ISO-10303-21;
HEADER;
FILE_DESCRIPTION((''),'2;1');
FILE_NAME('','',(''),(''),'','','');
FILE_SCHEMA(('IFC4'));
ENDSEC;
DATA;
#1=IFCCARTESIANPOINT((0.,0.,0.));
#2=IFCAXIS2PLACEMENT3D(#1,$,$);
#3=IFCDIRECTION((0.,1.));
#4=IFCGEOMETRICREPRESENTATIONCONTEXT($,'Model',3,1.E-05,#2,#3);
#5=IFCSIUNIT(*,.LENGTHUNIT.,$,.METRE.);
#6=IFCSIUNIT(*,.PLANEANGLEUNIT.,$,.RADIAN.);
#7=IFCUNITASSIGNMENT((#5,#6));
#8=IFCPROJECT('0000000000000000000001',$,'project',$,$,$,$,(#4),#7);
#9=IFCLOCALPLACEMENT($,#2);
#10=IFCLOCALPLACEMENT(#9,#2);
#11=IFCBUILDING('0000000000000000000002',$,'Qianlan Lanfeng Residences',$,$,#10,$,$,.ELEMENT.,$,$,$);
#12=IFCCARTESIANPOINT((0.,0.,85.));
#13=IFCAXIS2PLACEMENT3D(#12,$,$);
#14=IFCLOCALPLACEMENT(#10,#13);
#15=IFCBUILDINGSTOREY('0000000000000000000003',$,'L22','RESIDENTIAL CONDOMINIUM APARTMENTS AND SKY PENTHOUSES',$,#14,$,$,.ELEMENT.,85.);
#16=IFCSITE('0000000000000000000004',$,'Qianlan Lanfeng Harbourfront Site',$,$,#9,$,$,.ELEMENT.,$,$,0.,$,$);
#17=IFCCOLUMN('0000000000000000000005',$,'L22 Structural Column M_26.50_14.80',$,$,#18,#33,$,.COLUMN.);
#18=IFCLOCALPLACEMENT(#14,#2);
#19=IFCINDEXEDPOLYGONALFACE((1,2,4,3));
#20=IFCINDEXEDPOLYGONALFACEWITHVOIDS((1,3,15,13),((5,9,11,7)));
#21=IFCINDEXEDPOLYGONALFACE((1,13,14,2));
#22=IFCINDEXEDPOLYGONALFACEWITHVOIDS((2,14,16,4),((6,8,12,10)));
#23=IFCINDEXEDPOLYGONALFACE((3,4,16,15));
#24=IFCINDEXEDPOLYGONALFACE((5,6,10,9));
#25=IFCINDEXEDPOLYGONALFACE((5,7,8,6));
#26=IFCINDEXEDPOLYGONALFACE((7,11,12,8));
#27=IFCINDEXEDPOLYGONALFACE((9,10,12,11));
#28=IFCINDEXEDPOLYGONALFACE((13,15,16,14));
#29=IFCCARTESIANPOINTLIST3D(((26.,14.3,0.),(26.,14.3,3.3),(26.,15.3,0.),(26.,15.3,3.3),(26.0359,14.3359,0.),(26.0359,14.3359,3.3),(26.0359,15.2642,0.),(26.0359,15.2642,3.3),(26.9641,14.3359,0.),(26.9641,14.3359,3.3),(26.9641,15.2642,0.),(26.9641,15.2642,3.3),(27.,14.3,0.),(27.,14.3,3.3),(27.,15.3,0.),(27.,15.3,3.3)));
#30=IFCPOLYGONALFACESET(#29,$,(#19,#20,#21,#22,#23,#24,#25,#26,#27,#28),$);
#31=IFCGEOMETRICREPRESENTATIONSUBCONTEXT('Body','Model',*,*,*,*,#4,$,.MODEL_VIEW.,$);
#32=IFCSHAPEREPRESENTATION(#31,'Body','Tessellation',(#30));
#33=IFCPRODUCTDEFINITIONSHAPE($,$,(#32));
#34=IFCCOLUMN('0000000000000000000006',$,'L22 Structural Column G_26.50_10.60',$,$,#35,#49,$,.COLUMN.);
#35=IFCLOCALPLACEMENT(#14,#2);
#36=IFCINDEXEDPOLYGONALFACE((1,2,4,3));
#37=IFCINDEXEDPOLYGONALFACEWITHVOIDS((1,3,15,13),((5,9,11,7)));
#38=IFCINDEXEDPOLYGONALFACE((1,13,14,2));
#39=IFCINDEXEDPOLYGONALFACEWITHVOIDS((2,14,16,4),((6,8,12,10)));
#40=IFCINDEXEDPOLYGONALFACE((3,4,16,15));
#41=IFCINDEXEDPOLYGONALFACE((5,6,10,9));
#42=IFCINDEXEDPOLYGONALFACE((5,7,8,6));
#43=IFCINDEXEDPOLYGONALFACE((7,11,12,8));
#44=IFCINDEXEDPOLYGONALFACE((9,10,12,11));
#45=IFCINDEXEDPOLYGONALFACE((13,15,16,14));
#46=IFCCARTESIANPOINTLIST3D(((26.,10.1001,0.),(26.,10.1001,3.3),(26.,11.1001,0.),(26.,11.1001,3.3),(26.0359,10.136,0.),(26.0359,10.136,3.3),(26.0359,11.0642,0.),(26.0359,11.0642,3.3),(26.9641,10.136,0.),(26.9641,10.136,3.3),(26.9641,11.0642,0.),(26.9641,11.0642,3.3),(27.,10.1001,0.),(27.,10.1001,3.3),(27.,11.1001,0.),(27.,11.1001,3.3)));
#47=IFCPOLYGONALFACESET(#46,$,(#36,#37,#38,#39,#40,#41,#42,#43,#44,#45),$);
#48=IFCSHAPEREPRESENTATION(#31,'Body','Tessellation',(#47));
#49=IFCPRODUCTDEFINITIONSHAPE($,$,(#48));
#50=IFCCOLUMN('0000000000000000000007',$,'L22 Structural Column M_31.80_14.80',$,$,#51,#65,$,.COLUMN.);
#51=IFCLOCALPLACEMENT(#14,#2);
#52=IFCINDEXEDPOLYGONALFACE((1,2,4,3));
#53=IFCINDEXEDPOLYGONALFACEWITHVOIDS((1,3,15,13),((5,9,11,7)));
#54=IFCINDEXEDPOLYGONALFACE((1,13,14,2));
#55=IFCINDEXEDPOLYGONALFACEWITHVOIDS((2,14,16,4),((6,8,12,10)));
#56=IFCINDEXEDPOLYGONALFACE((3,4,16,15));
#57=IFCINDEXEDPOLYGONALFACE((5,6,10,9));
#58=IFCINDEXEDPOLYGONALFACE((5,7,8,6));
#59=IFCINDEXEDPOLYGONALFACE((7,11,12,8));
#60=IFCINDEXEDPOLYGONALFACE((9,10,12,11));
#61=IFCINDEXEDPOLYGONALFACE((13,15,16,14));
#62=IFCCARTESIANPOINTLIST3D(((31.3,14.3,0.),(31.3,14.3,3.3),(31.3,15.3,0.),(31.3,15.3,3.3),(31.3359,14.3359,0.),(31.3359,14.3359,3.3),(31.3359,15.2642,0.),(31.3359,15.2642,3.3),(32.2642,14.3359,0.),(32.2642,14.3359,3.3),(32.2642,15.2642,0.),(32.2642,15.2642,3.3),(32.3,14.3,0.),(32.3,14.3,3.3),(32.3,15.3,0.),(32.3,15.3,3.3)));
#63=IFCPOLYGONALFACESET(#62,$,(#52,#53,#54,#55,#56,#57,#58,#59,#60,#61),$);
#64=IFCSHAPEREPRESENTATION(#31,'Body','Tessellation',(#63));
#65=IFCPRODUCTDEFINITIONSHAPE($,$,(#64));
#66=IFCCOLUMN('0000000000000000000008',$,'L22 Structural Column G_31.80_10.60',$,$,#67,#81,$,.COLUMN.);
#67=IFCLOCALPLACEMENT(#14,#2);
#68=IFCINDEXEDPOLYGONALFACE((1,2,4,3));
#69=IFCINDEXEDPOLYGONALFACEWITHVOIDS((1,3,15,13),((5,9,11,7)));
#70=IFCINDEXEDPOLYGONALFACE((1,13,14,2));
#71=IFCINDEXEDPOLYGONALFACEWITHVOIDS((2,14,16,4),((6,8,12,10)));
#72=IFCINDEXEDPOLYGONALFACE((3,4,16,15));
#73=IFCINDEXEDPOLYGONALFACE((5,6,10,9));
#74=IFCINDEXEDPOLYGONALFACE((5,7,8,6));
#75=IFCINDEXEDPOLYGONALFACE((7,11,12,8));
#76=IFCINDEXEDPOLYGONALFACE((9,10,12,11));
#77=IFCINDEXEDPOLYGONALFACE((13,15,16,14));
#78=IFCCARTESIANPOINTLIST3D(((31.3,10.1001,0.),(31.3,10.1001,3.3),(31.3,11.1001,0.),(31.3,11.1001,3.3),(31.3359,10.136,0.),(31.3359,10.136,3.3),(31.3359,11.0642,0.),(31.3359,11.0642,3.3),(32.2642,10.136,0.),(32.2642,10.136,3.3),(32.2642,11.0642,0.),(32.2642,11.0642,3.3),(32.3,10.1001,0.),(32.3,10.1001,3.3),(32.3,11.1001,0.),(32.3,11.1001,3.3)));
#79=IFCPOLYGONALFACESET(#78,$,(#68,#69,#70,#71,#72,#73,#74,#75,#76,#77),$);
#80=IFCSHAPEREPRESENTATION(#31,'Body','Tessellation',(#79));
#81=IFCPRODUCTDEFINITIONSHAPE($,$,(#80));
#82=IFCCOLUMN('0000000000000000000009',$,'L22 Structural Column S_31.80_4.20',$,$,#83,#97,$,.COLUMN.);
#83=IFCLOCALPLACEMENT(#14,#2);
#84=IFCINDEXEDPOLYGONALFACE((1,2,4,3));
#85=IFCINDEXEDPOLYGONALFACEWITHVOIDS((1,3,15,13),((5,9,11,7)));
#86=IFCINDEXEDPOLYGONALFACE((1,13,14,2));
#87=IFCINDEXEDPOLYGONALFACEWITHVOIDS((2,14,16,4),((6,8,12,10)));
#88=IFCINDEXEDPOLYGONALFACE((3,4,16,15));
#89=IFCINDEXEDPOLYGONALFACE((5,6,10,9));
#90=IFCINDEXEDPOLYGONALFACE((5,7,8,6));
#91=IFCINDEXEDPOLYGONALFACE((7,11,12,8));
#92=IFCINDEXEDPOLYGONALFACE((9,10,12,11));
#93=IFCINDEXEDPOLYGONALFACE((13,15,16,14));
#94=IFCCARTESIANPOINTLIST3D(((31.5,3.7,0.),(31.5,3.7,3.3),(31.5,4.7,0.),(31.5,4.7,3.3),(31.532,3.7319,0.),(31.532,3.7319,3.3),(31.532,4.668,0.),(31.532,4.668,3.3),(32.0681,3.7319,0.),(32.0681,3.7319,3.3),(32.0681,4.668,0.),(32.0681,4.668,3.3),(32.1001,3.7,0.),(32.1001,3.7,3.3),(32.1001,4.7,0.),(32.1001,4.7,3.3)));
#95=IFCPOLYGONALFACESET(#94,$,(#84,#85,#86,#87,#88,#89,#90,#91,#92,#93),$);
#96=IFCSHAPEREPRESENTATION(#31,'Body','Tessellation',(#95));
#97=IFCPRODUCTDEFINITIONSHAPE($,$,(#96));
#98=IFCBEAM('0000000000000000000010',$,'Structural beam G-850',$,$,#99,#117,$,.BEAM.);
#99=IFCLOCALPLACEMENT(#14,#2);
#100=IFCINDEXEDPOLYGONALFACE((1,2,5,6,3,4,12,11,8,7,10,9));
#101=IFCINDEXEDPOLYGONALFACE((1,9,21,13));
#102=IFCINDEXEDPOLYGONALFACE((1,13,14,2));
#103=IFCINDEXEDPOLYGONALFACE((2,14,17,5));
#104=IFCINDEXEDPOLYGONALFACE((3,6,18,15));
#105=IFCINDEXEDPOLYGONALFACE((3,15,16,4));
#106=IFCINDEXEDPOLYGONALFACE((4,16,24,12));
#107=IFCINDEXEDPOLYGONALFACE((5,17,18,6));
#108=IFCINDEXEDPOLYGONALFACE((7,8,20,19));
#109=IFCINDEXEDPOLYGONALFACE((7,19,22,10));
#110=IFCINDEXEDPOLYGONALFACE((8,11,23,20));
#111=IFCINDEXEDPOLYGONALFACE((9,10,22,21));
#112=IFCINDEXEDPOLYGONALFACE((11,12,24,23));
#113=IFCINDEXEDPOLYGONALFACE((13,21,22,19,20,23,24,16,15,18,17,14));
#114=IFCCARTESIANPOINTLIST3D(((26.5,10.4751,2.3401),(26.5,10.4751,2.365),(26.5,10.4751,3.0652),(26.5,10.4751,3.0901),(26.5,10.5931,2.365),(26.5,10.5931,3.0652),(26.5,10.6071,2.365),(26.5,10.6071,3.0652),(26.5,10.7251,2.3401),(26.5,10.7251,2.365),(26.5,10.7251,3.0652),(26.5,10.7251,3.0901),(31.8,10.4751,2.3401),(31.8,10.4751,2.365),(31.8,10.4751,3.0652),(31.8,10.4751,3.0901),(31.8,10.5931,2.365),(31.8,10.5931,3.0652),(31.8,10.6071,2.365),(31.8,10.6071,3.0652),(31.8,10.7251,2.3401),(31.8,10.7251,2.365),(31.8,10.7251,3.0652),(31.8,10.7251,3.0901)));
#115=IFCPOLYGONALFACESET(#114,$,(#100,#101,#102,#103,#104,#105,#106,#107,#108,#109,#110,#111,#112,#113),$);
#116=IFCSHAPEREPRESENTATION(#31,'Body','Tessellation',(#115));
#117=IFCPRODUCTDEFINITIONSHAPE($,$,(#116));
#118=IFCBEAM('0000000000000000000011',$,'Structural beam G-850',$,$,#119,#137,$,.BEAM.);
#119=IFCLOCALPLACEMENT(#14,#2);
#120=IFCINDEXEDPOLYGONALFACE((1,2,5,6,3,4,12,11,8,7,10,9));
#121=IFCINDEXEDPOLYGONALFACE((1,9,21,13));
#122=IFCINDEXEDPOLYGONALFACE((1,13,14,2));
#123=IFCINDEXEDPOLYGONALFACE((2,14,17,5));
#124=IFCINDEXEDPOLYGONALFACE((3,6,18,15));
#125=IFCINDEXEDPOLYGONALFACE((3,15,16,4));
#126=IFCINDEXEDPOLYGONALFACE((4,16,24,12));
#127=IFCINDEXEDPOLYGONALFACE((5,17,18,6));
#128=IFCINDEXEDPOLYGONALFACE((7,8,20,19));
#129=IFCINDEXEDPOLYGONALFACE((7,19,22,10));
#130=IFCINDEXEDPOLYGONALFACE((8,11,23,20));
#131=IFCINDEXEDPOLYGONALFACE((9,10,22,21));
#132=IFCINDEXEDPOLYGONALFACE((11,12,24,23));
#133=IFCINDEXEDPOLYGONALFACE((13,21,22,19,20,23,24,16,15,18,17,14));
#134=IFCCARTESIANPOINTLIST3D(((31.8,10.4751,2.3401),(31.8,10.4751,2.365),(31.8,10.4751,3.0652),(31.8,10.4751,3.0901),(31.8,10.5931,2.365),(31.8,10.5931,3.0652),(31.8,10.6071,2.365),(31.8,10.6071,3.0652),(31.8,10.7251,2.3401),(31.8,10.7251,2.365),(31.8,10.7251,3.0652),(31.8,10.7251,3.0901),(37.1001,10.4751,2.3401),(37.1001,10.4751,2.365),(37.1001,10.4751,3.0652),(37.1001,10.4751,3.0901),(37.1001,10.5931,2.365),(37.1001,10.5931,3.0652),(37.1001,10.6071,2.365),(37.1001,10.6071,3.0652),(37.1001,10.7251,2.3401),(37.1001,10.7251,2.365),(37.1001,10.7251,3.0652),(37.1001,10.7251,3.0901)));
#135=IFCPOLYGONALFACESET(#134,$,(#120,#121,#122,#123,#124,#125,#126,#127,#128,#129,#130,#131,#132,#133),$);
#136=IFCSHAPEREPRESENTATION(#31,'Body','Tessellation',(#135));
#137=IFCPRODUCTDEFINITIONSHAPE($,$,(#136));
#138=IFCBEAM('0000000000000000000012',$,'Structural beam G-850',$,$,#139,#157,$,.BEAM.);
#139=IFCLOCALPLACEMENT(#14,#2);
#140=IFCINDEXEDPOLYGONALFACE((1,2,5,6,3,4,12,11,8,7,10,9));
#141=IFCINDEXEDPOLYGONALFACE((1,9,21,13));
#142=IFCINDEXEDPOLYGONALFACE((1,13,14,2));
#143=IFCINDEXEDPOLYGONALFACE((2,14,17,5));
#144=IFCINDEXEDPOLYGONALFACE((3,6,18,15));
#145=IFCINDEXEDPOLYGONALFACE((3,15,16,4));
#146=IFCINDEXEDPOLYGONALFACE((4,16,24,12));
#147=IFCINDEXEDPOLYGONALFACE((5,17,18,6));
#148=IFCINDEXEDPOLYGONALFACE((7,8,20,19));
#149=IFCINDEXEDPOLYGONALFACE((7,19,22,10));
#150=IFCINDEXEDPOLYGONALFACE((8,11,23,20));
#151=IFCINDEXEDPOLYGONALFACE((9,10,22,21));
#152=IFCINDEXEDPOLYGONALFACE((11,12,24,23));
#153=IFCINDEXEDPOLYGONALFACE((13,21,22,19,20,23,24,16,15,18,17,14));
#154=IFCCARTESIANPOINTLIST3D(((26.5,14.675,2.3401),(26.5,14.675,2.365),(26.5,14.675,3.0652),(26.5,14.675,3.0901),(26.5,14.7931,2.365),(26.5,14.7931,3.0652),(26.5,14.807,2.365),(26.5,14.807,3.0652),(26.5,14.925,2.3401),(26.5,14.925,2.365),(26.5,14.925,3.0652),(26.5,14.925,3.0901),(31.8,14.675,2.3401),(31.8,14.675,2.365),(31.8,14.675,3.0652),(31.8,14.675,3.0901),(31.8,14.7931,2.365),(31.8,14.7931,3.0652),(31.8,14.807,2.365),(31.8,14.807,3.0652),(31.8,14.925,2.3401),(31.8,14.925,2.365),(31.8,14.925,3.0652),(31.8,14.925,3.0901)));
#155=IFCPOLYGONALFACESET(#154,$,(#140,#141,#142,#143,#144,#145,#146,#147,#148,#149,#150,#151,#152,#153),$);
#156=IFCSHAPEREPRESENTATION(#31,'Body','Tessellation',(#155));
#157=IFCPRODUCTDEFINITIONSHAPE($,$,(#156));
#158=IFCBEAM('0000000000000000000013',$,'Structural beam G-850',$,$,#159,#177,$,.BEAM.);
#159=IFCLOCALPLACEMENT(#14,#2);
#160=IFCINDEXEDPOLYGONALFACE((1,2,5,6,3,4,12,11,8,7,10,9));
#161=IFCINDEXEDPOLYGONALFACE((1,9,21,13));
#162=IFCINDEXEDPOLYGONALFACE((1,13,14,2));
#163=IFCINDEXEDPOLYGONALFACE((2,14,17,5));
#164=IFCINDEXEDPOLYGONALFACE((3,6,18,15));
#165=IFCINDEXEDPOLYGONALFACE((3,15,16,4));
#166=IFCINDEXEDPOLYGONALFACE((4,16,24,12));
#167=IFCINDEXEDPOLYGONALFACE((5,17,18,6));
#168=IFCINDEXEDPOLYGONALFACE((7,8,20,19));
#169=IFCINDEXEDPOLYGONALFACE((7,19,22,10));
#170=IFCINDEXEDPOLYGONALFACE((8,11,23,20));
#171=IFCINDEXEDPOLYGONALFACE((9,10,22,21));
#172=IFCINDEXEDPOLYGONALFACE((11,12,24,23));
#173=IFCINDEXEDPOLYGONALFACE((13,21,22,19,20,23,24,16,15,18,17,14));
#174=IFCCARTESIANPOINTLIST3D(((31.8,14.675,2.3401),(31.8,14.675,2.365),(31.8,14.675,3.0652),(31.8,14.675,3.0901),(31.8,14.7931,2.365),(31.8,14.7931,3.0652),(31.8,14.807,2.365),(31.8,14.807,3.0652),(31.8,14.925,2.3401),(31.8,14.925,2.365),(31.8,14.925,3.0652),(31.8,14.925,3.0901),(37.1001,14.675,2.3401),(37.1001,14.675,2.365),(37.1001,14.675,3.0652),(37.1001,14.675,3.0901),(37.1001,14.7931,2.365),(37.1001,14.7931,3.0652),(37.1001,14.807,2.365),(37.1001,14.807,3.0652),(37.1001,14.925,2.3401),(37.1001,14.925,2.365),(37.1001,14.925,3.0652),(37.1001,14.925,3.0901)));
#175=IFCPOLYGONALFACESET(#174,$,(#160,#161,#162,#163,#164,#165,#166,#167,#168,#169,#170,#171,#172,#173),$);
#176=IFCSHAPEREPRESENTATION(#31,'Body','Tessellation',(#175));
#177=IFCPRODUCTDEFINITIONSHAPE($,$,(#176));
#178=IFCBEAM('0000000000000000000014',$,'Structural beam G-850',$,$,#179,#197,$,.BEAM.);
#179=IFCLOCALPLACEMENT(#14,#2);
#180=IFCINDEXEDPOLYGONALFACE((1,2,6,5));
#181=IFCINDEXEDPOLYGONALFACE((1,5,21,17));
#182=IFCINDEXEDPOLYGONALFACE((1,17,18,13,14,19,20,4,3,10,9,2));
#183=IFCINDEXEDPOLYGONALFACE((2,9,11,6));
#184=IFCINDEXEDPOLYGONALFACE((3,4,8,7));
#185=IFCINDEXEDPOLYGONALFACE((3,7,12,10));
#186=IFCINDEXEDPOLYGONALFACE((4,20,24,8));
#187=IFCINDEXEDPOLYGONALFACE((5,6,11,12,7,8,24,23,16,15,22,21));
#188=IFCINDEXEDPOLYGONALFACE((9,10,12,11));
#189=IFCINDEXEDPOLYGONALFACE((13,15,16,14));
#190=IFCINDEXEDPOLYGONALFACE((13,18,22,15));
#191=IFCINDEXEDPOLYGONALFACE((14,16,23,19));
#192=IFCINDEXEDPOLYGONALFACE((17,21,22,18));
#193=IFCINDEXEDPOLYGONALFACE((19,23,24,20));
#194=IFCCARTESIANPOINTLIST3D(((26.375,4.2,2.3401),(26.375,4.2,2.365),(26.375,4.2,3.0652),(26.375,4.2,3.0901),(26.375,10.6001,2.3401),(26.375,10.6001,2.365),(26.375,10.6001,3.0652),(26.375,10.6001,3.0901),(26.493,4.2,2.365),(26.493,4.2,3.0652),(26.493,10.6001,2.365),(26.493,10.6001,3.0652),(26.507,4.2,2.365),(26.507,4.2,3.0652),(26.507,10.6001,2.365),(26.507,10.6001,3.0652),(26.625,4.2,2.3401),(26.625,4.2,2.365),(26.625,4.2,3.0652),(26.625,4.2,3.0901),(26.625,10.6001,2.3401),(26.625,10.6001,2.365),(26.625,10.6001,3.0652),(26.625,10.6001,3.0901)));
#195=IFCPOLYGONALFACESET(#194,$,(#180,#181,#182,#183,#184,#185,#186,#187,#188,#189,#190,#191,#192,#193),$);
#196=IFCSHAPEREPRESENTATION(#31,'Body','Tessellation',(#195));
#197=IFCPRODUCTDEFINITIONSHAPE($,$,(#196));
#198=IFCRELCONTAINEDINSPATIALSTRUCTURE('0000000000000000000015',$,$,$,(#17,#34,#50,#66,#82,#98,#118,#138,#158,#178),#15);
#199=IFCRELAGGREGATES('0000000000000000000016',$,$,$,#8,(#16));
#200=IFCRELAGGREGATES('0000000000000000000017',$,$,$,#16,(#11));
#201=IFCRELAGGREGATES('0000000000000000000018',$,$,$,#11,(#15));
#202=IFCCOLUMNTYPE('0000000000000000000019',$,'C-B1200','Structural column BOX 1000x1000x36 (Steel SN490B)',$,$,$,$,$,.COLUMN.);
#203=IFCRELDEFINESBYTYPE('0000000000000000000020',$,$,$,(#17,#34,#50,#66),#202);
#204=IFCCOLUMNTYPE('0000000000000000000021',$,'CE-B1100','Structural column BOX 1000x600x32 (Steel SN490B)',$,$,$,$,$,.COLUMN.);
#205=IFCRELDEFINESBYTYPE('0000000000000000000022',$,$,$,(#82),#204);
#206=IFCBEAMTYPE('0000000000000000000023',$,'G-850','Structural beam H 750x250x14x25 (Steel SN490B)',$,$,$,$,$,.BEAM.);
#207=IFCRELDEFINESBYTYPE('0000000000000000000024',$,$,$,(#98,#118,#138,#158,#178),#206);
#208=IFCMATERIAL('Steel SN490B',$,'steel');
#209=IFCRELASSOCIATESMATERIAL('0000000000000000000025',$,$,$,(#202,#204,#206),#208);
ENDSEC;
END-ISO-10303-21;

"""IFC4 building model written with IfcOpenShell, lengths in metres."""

from ifc_helpers import new_model, si_unit, direction, frame, origin, origin_2d, place, context, subcontext, project, spatial, hollow_rectangle, i_section, extrude, material, material_profile, profile_set, type_object, element, save


model = new_model("IFC4")

# Units and contexts
model_context = context("Model", 3, precision=1e-05, world=origin(), true_north=direction((0.0, 1.0)))
body_context = subcontext(model_context, "Body", "Model", "MODEL_VIEW")
ifc_project = project(units=[si_unit("LENGTHUNIT", "METRE"), si_unit("PLANEANGLEUNIT", "RADIAN")], contexts=[model_context])

# Site, building, storey
site_placement = place(None, origin())
site = spatial("IfcSite", under=ifc_project, at=site_placement, Name="Qianlan Lanfeng Harbourfront Site", CompositionType="ELEMENT", RefElevation=0.0)
building_placement = place(site_placement, origin())
building = spatial("IfcBuilding", under=site, at=building_placement, Name="Qianlan Lanfeng Residences", CompositionType="ELEMENT")
storey_placement = place(building_placement, frame((0.0, 0.0, 85.0)))
storey = spatial("IfcBuildingStorey", under=building, at=storey_placement, Name="L22", Description="RESIDENTIAL CONDOMINIUM APARTMENTS AND SKY PENTHOUSES", CompositionType="ELEMENT", Elevation=85.0)

# Columns
ifc_material_1 = material(Name="Steel SN490B", Category="steel")
ifc_material_profile_1 = material_profile(ifc_material_1, hollow_rectangle(XDim=1.0, YDim=1.0, WallThickness=0.0359, at=origin_2d()), Name="BOX 1000x1000x36")
ifc_profile_set_1 = profile_set([ifc_material_profile_1], Name="Steel SN490B")
column_type_1 = type_object("IfcColumnType", Name="C-B1200", Description="Structural column BOX 1000x1000x36 (Steel SN490B)", PredefinedType="COLUMN", material=ifc_profile_set_1)
for number, where, z_axis, x_axis, name in (
    (1, (26.5, 14.8, 0.0), (0.0, 0.0, 1.0), (1.0, 0.0, 0.0), "L22 Structural Column M_26.50_14.80"),
    (2, (26.5, 10.6001, 0.0), (0.0, 0.0, 1.0), (1.0, 0.0, 0.0), "L22 Structural Column G_26.50_10.60"),
    (3, (31.8, 14.8, 0.0), (0.0, 0.0, 1.0), (1.0, 0.0, 0.0), "L22 Structural Column M_31.80_14.80"),
    (4, (31.8, 10.6001, 0.0), (0.0, 0.0, 1.0), (1.0, 0.0, 0.0), "L22 Structural Column G_31.80_10.60"),
):
    element("IfcColumn", number, at=place(storey_placement, frame(where, z_axis=z_axis, x_axis=x_axis)), inside=storey, type_object=column_type_1, Name=name, PredefinedType="COLUMN", context=body_context, shape_type="SweptSolid", body=[
        extrude(hollow_rectangle(XDim=1.0, YDim=1.0, WallThickness=0.0359, at=origin_2d()), origin(), (0.0, 0.0, 1.0), 3.3),
    ])
ifc_material_profile_2 = material_profile(ifc_material_1, hollow_rectangle(XDim=0.6001, YDim=1.0, WallThickness=0.032, at=origin_2d()), Name="BOX 1000x600x32")
ifc_profile_set_2 = profile_set([ifc_material_profile_2], Name="Steel SN490B")
column_type_2 = type_object("IfcColumnType", Name="CE-B1100", Description="Structural column BOX 1000x600x32 (Steel SN490B)", PredefinedType="COLUMN", material=ifc_profile_set_2)
column_placement = place(storey_placement, frame((31.8, 4.2, 0.0), z_axis=(0.0, 0.0, 1.0), x_axis=(1.0, 0.0, 0.0)))
element("IfcColumn", 5, at=column_placement, inside=storey, type_object=column_type_2, Name="L22 Structural Column S_31.80_4.20", PredefinedType="COLUMN", context=body_context, shape_type="SweptSolid", body=[
    extrude(hollow_rectangle(XDim=0.6001, YDim=1.0, WallThickness=0.032, at=origin_2d()), origin(), (0.0, 0.0, 1.0), 3.3),
])

# Beams
ifc_material_profile_3 = material_profile(ifc_material_1, i_section(OverallWidth=0.25, OverallDepth=0.75, WebThickness=0.0139, FlangeThickness=0.0249, at=origin_2d()), Name="H 750x250x14x25")
ifc_profile_set_3 = profile_set([ifc_material_profile_3], Name="Steel SN490B")
beam_type_1 = type_object("IfcBeamType", Name="G-850", Description="Structural beam H 750x250x14x25 (Steel SN490B)", PredefinedType="BEAM", material=ifc_profile_set_3)
for number, where, z_axis, x_axis, name in (
    (6, (26.5, 10.6001, 2.7151), (1.0, 0.0, 0.0), (0.0, 1.0, 0.0), "Structural beam G-850"),
    (7, (31.8, 10.6001, 2.7151), (1.0, 0.0, 0.0), (0.0, 1.0, 0.0), "Structural beam G-850"),
    (8, (26.5, 14.8, 2.7151), (1.0, 0.0, 0.0), (0.0, 1.0, 0.0), "Structural beam G-850"),
    (9, (31.8, 14.8, 2.7151), (1.0, 0.0, 0.0), (0.0, 1.0, 0.0), "Structural beam G-850"),
):
    element("IfcBeam", number, at=place(storey_placement, frame(where, z_axis=z_axis, x_axis=x_axis)), inside=storey, type_object=beam_type_1, Name=name, PredefinedType="BEAM", context=body_context, shape_type="SweptSolid", body=[
        extrude(i_section(OverallWidth=0.25, OverallDepth=0.75, WebThickness=0.0139, FlangeThickness=0.0249, at=origin_2d()), origin(), (0.0, 0.0, 1.0), 5.3),
    ])
beam_1_placement = place(storey_placement, frame((26.5, 4.2, 2.7151), z_axis=(0.0, 1.0, 0.0), x_axis=(-1.0, 0.0, 0.0)))
element("IfcBeam", 10, at=beam_1_placement, inside=storey, type_object=beam_type_1, Name="Structural beam G-850", PredefinedType="BEAM", context=body_context, shape_type="SweptSolid", body=[
    extrude(i_section(OverallWidth=0.25, OverallDepth=0.75, WebThickness=0.0139, FlangeThickness=0.0249, at=origin_2d()), origin(), (0.0, 0.0, 1.0), 6.4001),
])

save(model, "model.ifc")
